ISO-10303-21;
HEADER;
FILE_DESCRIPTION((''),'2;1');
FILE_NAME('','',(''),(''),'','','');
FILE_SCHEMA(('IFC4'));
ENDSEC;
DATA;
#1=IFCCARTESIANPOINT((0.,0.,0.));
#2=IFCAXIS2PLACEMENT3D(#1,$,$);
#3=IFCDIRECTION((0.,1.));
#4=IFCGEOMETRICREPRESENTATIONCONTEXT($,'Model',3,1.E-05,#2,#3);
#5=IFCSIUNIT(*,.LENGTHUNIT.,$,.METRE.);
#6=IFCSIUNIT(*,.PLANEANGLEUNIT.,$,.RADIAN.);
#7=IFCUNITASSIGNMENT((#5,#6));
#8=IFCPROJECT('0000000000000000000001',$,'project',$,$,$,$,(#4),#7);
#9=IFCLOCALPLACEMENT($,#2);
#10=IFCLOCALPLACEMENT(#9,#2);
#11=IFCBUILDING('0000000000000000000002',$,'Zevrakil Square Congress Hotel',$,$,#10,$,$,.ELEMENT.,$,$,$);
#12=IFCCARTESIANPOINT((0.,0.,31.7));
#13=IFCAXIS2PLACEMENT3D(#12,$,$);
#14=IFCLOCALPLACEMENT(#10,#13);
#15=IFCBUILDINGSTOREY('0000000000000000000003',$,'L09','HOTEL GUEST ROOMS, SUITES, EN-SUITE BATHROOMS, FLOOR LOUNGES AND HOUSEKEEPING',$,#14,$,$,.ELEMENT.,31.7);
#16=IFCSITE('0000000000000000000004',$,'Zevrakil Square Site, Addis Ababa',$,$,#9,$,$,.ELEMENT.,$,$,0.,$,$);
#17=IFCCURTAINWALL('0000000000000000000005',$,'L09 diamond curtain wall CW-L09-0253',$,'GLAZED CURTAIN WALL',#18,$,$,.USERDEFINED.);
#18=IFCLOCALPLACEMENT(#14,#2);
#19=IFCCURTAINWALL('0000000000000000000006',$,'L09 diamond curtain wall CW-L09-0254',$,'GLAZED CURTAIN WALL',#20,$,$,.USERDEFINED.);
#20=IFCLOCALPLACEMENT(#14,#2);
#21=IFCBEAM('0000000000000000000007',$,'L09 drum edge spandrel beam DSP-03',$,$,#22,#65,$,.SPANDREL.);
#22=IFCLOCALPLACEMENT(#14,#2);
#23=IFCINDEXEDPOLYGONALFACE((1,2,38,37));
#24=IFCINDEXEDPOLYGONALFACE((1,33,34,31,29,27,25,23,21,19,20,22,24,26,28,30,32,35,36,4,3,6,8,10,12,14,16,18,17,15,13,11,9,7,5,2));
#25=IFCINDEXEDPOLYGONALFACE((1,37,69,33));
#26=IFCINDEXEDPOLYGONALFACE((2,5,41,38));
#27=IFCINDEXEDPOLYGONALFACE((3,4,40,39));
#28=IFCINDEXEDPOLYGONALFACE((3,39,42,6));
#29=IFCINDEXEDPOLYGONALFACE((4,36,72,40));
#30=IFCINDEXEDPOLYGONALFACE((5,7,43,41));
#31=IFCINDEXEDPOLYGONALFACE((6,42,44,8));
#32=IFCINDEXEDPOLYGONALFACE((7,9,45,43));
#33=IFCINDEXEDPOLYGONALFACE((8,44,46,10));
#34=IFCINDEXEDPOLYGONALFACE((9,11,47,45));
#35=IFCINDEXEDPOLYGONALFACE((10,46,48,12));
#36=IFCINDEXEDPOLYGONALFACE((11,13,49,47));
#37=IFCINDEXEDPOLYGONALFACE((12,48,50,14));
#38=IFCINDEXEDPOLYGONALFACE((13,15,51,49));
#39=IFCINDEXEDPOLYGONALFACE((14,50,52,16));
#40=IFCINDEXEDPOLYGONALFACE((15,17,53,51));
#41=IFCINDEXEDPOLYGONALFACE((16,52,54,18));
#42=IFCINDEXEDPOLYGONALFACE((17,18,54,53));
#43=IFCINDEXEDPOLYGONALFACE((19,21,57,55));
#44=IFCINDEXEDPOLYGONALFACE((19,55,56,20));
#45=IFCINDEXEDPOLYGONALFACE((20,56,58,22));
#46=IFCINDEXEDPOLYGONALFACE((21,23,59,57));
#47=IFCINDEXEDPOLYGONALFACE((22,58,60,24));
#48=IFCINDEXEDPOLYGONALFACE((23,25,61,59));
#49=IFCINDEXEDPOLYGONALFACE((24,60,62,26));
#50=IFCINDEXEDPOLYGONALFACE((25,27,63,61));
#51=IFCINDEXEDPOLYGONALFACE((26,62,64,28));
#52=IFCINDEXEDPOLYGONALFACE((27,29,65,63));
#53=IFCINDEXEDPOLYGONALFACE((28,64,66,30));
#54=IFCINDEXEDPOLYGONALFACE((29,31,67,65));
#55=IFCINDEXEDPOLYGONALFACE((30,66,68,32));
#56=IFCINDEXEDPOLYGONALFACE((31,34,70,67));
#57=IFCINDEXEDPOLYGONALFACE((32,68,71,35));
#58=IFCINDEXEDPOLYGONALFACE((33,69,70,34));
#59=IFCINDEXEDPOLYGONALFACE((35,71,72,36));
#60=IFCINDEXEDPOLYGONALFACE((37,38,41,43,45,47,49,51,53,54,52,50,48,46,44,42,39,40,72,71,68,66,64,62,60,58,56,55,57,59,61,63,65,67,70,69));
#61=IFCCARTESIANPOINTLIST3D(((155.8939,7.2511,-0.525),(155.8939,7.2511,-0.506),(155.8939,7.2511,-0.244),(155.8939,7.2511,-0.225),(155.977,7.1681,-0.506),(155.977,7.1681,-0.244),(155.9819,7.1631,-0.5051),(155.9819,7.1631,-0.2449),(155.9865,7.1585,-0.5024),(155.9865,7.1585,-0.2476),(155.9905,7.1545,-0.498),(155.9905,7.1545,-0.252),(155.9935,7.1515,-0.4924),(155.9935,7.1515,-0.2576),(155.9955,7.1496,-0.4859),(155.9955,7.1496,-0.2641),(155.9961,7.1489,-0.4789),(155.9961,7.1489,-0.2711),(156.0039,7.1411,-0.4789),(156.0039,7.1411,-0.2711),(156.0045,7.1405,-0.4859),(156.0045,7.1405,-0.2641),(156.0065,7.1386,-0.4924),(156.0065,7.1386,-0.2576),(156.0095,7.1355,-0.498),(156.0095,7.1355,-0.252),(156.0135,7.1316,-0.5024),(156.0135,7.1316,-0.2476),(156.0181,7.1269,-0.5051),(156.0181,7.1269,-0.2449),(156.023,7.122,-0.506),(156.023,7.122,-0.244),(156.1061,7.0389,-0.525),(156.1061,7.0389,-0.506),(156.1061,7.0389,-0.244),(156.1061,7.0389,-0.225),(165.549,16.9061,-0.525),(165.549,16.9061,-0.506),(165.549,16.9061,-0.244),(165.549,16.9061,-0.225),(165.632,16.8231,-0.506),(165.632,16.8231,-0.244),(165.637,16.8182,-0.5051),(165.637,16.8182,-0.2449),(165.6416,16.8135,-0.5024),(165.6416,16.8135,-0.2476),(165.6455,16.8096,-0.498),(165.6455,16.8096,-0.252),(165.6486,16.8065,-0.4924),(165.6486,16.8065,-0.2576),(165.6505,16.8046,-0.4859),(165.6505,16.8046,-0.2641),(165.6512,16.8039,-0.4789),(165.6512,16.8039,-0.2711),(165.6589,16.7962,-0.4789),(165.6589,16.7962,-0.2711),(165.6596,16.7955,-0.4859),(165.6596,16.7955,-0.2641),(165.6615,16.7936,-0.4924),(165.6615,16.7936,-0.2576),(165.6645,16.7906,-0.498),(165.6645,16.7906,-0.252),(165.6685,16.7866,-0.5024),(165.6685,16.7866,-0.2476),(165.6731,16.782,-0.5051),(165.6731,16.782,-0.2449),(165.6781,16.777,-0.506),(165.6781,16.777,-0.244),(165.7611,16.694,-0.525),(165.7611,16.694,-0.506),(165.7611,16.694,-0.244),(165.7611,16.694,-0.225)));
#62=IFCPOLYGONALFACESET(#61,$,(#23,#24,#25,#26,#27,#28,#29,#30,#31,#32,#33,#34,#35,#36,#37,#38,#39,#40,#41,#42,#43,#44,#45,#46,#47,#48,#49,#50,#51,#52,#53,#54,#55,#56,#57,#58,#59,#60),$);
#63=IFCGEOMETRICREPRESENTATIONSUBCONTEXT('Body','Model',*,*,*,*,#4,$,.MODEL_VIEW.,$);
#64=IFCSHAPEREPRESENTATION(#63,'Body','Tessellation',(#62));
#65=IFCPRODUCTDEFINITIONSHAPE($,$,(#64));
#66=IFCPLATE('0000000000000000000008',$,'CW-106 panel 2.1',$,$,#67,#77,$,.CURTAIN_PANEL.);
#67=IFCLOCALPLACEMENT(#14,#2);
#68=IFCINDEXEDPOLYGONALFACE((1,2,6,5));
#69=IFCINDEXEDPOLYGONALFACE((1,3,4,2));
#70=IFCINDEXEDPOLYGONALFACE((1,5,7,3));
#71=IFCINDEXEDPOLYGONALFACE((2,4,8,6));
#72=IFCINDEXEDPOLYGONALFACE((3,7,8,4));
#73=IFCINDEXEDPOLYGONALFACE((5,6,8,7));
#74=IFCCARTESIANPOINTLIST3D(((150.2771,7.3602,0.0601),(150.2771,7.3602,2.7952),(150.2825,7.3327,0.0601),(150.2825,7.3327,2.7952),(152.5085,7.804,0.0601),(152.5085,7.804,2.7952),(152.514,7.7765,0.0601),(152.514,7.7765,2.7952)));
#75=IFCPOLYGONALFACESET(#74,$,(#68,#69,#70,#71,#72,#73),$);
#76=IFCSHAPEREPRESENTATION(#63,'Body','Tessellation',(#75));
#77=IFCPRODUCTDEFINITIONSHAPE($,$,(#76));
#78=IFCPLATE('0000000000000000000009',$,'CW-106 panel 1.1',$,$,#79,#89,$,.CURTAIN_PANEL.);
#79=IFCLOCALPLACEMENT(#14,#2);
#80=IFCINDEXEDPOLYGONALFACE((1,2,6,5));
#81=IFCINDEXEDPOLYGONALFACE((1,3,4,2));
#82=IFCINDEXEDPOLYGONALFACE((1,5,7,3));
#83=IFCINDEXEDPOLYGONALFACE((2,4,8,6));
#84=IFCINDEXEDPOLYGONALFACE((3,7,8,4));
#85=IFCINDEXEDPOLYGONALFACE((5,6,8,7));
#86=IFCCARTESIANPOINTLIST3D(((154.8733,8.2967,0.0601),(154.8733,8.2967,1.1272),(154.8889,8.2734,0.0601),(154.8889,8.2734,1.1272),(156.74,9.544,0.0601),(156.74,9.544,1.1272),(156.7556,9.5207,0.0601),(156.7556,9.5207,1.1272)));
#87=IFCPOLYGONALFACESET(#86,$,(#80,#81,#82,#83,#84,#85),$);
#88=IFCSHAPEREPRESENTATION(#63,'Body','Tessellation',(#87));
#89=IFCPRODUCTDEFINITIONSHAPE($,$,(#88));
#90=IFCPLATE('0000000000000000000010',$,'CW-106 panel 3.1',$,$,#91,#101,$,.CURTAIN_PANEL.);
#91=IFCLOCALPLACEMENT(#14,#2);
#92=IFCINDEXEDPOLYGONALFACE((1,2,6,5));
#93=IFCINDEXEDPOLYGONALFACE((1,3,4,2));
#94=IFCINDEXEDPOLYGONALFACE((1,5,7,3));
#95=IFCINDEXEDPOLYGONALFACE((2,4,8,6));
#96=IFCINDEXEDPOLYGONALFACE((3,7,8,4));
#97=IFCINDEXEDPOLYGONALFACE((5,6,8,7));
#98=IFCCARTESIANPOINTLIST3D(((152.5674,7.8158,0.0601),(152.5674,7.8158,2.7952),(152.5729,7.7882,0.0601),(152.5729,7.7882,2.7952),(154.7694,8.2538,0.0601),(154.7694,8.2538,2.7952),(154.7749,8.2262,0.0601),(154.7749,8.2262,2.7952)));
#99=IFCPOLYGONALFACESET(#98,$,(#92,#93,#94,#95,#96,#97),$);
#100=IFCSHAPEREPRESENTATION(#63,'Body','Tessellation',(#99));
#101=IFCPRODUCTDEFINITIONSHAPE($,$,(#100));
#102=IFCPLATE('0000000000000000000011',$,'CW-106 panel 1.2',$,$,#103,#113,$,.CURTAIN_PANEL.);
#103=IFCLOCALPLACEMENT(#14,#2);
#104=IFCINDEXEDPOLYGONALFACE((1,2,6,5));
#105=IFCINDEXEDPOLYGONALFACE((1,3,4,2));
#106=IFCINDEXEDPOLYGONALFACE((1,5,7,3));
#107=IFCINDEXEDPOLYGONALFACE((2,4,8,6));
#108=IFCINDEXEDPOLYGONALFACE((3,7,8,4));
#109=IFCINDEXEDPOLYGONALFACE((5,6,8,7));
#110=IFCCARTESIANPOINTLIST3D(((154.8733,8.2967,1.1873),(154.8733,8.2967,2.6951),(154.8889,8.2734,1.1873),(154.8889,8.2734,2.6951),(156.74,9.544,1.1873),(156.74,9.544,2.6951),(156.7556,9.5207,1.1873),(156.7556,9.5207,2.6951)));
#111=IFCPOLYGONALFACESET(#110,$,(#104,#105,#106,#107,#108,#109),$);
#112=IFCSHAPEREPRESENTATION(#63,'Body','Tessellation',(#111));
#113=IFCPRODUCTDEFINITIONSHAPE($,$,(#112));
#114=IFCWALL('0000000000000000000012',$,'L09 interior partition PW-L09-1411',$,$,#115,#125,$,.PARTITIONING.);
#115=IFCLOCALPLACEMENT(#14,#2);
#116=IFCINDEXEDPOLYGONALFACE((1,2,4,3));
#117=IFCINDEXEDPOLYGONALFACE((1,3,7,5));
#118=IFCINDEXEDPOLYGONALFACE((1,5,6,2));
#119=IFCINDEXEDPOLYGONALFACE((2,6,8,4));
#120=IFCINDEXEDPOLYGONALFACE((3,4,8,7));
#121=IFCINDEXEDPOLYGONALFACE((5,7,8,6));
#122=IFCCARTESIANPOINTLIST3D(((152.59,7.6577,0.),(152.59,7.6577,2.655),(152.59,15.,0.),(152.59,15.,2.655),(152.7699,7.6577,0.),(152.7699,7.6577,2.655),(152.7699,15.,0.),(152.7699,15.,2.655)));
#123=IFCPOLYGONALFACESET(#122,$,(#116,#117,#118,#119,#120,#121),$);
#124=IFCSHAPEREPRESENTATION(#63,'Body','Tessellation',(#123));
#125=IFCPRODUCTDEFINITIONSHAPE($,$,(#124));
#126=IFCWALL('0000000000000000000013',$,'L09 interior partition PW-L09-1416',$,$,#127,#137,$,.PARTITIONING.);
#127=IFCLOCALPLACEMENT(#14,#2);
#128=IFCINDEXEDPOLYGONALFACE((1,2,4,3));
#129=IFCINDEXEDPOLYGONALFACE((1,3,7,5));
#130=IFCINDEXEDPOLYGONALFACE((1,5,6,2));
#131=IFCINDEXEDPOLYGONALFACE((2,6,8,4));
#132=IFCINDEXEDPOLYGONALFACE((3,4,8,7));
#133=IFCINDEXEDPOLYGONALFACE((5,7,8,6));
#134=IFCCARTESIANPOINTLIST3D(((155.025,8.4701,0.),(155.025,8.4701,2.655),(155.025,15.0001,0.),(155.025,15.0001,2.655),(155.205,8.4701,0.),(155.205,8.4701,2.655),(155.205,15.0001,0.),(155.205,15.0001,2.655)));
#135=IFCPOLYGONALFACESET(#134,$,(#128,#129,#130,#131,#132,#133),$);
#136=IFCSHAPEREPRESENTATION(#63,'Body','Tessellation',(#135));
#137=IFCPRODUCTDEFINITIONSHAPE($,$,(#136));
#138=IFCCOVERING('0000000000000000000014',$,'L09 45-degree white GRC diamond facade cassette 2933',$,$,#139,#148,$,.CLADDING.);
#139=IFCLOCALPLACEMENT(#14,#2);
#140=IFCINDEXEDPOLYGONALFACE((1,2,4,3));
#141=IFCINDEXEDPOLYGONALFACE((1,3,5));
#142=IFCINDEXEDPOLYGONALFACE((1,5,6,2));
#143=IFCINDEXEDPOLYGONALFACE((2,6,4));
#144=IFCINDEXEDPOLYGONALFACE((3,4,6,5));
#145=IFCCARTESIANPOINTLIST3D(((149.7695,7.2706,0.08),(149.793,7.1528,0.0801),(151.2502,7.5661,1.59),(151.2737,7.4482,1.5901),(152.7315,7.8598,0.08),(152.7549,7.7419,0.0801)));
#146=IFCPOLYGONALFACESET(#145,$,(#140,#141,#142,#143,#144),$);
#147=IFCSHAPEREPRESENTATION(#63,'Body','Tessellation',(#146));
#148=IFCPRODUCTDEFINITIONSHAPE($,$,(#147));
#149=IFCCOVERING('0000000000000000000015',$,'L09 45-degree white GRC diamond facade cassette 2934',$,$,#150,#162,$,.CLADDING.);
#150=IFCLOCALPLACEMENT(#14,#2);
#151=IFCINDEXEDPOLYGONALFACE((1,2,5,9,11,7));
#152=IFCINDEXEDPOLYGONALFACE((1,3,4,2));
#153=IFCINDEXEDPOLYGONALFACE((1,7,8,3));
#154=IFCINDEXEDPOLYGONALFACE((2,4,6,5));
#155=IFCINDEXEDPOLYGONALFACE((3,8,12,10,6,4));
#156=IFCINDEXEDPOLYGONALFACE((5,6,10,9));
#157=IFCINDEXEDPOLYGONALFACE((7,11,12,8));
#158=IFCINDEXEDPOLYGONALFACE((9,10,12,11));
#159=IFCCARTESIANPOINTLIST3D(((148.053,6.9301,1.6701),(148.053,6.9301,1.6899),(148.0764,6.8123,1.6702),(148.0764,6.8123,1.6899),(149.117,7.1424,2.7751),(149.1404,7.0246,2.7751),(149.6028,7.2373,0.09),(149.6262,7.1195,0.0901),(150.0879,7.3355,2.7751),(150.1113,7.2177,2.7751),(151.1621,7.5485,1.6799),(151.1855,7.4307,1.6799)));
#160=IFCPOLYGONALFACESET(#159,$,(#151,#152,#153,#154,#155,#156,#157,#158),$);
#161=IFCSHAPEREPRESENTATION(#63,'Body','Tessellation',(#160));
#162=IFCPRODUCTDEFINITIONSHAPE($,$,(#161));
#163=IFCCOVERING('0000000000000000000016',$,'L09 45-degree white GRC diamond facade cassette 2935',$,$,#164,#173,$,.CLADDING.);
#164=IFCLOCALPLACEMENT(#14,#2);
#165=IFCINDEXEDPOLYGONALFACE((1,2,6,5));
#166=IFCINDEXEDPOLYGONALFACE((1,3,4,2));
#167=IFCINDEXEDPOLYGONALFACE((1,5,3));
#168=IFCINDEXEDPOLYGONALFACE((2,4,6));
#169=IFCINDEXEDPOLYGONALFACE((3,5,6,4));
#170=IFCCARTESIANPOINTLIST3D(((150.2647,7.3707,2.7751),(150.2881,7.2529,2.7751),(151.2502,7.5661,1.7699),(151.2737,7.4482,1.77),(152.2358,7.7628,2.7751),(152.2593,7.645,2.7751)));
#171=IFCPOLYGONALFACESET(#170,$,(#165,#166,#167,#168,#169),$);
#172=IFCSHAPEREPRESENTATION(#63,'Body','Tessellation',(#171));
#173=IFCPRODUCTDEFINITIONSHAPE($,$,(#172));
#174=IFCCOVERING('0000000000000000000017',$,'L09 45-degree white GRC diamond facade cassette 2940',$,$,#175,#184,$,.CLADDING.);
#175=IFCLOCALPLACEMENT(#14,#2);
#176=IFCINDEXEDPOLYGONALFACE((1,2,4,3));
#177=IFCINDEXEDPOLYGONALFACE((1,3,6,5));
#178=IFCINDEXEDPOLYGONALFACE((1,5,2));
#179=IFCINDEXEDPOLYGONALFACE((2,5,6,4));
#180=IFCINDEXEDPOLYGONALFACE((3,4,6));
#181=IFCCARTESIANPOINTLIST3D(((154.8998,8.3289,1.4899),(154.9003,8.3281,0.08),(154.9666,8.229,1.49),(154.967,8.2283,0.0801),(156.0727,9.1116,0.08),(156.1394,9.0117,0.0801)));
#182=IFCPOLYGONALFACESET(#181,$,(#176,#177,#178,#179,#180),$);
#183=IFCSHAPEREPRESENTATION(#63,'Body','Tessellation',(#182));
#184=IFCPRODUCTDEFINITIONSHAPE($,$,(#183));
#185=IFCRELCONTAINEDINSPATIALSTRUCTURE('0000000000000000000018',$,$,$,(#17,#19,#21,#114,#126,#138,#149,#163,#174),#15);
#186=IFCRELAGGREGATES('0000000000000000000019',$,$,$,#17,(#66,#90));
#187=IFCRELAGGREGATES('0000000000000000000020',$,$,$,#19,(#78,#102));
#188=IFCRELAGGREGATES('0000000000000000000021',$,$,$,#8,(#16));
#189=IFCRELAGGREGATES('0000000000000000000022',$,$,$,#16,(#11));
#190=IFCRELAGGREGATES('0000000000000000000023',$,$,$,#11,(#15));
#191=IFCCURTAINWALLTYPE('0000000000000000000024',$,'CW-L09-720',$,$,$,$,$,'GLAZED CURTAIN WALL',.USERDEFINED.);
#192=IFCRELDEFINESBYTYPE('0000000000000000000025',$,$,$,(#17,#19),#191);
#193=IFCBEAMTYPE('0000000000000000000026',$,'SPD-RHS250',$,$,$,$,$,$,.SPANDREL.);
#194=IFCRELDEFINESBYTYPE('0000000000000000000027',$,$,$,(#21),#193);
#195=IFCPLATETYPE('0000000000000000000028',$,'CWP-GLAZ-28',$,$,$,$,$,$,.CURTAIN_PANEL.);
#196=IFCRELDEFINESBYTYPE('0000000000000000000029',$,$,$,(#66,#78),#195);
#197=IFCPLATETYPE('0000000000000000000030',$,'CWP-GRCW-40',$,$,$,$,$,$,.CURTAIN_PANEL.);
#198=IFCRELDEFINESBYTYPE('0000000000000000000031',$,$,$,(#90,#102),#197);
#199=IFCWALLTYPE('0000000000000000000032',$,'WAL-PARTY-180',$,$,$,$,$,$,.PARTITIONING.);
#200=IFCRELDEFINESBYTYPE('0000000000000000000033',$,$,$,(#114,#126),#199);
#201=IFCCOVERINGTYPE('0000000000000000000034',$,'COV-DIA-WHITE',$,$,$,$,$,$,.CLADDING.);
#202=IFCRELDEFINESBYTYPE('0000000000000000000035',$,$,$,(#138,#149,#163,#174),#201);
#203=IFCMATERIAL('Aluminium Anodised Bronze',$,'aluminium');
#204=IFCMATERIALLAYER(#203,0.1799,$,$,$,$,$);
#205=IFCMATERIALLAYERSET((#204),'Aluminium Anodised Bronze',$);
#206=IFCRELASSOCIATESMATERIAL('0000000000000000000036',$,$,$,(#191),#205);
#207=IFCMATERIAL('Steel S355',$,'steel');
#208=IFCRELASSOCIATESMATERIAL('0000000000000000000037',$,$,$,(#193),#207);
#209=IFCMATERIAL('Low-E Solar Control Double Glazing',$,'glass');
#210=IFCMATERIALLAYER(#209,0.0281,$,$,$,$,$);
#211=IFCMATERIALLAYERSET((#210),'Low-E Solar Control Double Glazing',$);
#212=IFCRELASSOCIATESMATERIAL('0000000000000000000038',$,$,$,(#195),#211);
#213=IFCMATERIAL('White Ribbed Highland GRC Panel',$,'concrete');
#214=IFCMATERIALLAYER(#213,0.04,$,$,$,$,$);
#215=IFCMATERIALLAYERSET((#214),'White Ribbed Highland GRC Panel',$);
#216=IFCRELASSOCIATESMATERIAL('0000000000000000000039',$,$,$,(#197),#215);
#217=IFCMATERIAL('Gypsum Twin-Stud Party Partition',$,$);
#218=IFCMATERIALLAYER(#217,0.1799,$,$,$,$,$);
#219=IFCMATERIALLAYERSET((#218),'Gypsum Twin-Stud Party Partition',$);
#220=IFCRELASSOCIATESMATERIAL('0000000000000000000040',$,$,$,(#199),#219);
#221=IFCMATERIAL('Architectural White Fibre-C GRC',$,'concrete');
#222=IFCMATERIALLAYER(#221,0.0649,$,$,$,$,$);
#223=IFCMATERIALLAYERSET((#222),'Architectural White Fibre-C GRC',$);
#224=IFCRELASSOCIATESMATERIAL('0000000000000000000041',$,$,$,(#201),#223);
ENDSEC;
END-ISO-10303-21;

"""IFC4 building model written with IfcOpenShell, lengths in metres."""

from ifc_helpers import new_model, si_unit, direction, frame, frame_2d, origin, origin_2d, place, context, subcontext, project, spatial, polyline, rectangle, i_section, outline, extrude, material, layer, layer_set, material_profile, profile_set, type_object, element, aggregate, save


model = new_model("IFC4")

# Units and contexts
model_context = context("Model", 3, precision=1e-05, world=origin(), true_north=direction((0.0, 1.0)))
body_context = subcontext(model_context, "Body", "Model", "MODEL_VIEW")
ifc_project = project(units=[si_unit("LENGTHUNIT", "METRE"), si_unit("PLANEANGLEUNIT", "RADIAN")], contexts=[model_context])

# Site, building, storey
site_placement = place(None, origin())
site = spatial("IfcSite", under=ifc_project, at=site_placement, Name="Zevrakil Square Site, Addis Ababa", CompositionType="ELEMENT", RefElevation=0.0)
building_placement = place(site_placement, origin())
building = spatial("IfcBuilding", under=site, at=building_placement, Name="Zevrakil Square Congress Hotel", CompositionType="ELEMENT")
storey_placement = place(building_placement, frame((0.0, 0.0, 31.7)))
storey = spatial("IfcBuildingStorey", under=building, at=storey_placement, Name="L09", Description="HOTEL GUEST ROOMS, SUITES, EN-SUITE BATHROOMS, FLOOR LOUNGES AND HOUSEKEEPING", CompositionType="ELEMENT", Elevation=31.7)

# Curtain walls
ifc_material_1 = material(Name="Aluminium Anodised Bronze", Category="aluminium")
ifc_layer_1 = layer(ifc_material_1, 0.1799)
ifc_layer_set_1 = layer_set([ifc_layer_1], Name="Aluminium Anodised Bronze")
curtain_wall_type = type_object("IfcCurtainWallType", Name="CW-L09-720", ElementType="GLAZED CURTAIN WALL", PredefinedType="USERDEFINED", material=ifc_layer_set_1)
curtain_wall_1_placement = place(storey_placement, origin())
curtain_wall_1 = element("IfcCurtainWall", 1, at=curtain_wall_1_placement, inside=storey, type_object=curtain_wall_type, Name="L09 diamond curtain wall CW-L09-0253", ObjectType="GLAZED CURTAIN WALL", PredefinedType="USERDEFINED")
curtain_wall_2_placement = place(storey_placement, origin())
curtain_wall_2 = element("IfcCurtainWall", 2, at=curtain_wall_2_placement, inside=storey, type_object=curtain_wall_type, Name="L09 diamond curtain wall CW-L09-0254", ObjectType="GLAZED CURTAIN WALL", PredefinedType="USERDEFINED")

# Beam
ifc_material_2 = material(Name="Steel S355", Category="steel")
ifc_material_profile_1 = material_profile(ifc_material_2, i_section(OverallWidth=0.3, OverallDepth=0.3, WebThickness=0.011, FlangeThickness=0.019, FilletRadius=0.0271, at=origin_2d()), Name="HEB 300")
ifc_profile_set_1 = profile_set([ifc_material_profile_1], Name="Steel S355")
beam_type = type_object("IfcBeamType", Name="SPD-RHS250", PredefinedType="SPANDREL", material=ifc_profile_set_1)
beam_placement = place(storey_placement, frame((156.0, 7.145, -0.375), z_axis=(0.707107, 0.707107, 0.0), x_axis=(-0.707107, 0.707107, 0.0)))
element("IfcBeam", 3, at=beam_placement, inside=storey, type_object=beam_type, Name="L09 drum edge spandrel beam DSP-03", PredefinedType="SPANDREL", context=body_context, shape_type="SweptSolid", body=[
    extrude(i_section(OverallWidth=0.3, OverallDepth=0.3, WebThickness=0.011, FlangeThickness=0.019, FilletRadius=0.0271, at=origin_2d()), origin(), (0.0, 0.0, 1.0), 13.6543),
])

# Plates
ifc_material_3 = material(Name="Low-E Solar Control Double Glazing", Category="glass")
ifc_layer_2 = layer(ifc_material_3, 0.0281)
ifc_layer_set_2 = layer_set([ifc_layer_2], Name="Low-E Solar Control Double Glazing")
plate_type_1 = type_object("IfcPlateType", Name="CWP-GLAZ-28", PredefinedType="CURTAIN_PANEL", material=ifc_layer_set_2)
plate_1_placement = place(storey_placement, frame((151.3955, 7.5684, 0.0601), z_axis=(0.0, 0.0, 1.0), x_axis=(0.980787, 0.195084, 0.0)))
plate_1 = element("IfcPlate", 4, at=plate_1_placement, type_object=plate_type_1, Name="CW-106 panel 2.1", PredefinedType="CURTAIN_PANEL", context=body_context, shape_type="SweptSolid", body=[
    extrude(rectangle(XDim=2.2751, YDim=0.0281, at=origin_2d()), origin(), (0.0, 0.0, 1.0), 2.7351),
])
plate_2_placement = place(storey_placement, frame((155.8145, 8.9087, 0.0601), z_axis=(0.0, 0.0, 1.0), x_axis=(0.831466, 0.555576, 0.0)))
plate_2 = element("IfcPlate", 5, at=plate_2_placement, type_object=plate_type_1, Name="CW-106 panel 1.1", PredefinedType="CURTAIN_PANEL", context=body_context, shape_type="SweptSolid", body=[
    extrude(rectangle(XDim=2.2451, YDim=0.0281, at=origin_2d()), origin(), (0.0, 0.0, 1.0), 1.0671),
])
ifc_material_4 = material(Name="White Ribbed Highland GRC Panel", Category="concrete")
ifc_layer_3 = layer(ifc_material_4, 0.04)
ifc_layer_set_3 = layer_set([ifc_layer_3], Name="White Ribbed Highland GRC Panel")
plate_type_2 = type_object("IfcPlateType", Name="CWP-GRCW-40", PredefinedType="CURTAIN_PANEL", material=ifc_layer_set_3)
plate_3_placement = place(storey_placement, frame((153.6711, 8.021, 0.0601), z_axis=(0.0, 0.0, 1.0), x_axis=(0.980787, 0.195084, 0.0)))
plate_3 = element("IfcPlate", 6, at=plate_3_placement, type_object=plate_type_2, Name="CW-106 panel 3.1", PredefinedType="CURTAIN_PANEL", context=body_context, shape_type="SweptSolid", body=[
    extrude(rectangle(XDim=2.2451, YDim=0.0281, at=origin_2d()), origin(), (0.0, 0.0, 1.0), 2.7351),
])
aggregate(curtain_wall_1, [plate_1, plate_3])
plate_4_placement = place(storey_placement, frame((155.8145, 8.9087, 1.1873), z_axis=(0.0, 0.0, 1.0), x_axis=(0.831466, 0.555576, 0.0)))
plate_4 = element("IfcPlate", 7, at=plate_4_placement, type_object=plate_type_2, Name="CW-106 panel 1.2", PredefinedType="CURTAIN_PANEL", context=body_context, shape_type="SweptSolid", body=[
    extrude(rectangle(XDim=2.2451, YDim=0.0281, at=origin_2d()), origin(), (0.0, 0.0, 1.0), 1.5078),
])
aggregate(curtain_wall_2, [plate_2, plate_4])

# Walls
ifc_material_5 = material(Name="Gypsum Twin-Stud Party Partition")
ifc_layer_4 = layer(ifc_material_5, 0.1799)
ifc_layer_set_4 = layer_set([ifc_layer_4], Name="Gypsum Twin-Stud Party Partition")
wall_type = type_object("IfcWallType", Name="WAL-PARTY-180", PredefinedType="PARTITIONING", material=ifc_layer_set_4)
wall_1_placement = place(storey_placement, frame((152.6799, 7.6577, 0.0), z_axis=(0.0, 0.0, 1.0), x_axis=(0.0, 1.0, 0.0)))
element("IfcWall", 8, at=wall_1_placement, inside=storey, type_object=wall_type, Name="L09 interior partition PW-L09-1411", PredefinedType="PARTITIONING", context=body_context, shape_type="SweptSolid", body=[
    extrude(rectangle(XDim=7.3423, YDim=0.1799, at=frame_2d((3.6711, 0.0))), origin(), (0.0, 0.0, 1.0), 2.655),
])
wall_2_placement = place(storey_placement, frame((155.115, 8.47, 0.0), z_axis=(0.0, 0.0, 1.0), x_axis=(0.0, 1.0, 0.0)))
element("IfcWall", 9, at=wall_2_placement, inside=storey, type_object=wall_type, Name="L09 interior partition PW-L09-1416", PredefinedType="PARTITIONING", context=body_context, shape_type="SweptSolid", body=[
    extrude(rectangle(XDim=6.53, YDim=0.1799, at=frame_2d((3.2651, 0.0))), origin(), (0.0, 0.0, 1.0), 2.655),
])

# Coverings
ifc_material_6 = material(Name="Architectural White Fibre-C GRC", Category="concrete")
ifc_layer_5 = layer(ifc_material_6, 0.0649)
ifc_layer_set_5 = layer_set([ifc_layer_5], Name="Architectural White Fibre-C GRC")
covering_type_1 = type_object("IfcCoveringType", Name="COV-DIA-WHITE", PredefinedType="CLADDING", material=ifc_layer_set_5)
covering_1_placement = place(storey_placement, frame((151.2737, 7.4482, 1.5901), z_axis=(0.195074, -0.980788, 0.000587), x_axis=(0.69361, 0.137533, -0.7071)))
element("IfcCovering", 10, at=covering_1_placement, inside=storey, type_object=covering_type_1, Name="L09 45-degree white GRC diamond facade cassette 2933", PredefinedType="CLADDING", context=body_context, shape_type="SweptSolid", body=[
    extrude(outline(polyline([(0.0, 0.0), (2.1355, 0.0), (0.0001, -2.1354), (0.0, 0.0)])), origin(), (0.0, 0.0, -1.0), 0.1201),
])
covering_2_placement = place(storey_placement, frame((151.1855, 7.4307, 1.6799), z_axis=(0.195078, -0.980787, 0.000615), x_axis=(-0.69348, -0.138376, -0.707062)))
element("IfcCovering", 11, at=covering_2_placement, inside=storey, type_object=covering_type_1, Name="L09 45-degree white GRC diamond facade cassette 2934", PredefinedType="CLADDING", context=body_context, shape_type="SweptSolid", body=[
    extrude(outline(polyline([(0.0, 0.0), (2.2485, 0.0), (2.2486, -2.2345), (2.2346, -2.2485), (0.7001, -2.2488), (0.0, -1.5488), (0.0, 0.0)])), origin(), (0.0, 0.0, -1.0), 0.1201),
])
covering_3_placement = place(storey_placement, frame((151.2737, 7.4482, 1.77), z_axis=(0.195088, -0.980785, 0.000715), x_axis=(-0.693493, -0.137427, 0.707235)))
element("IfcCovering", 12, at=covering_3_placement, inside=storey, type_object=covering_type_1, Name="L09 45-degree white GRC diamond facade cassette 2935", PredefinedType="CLADDING", context=body_context, shape_type="SweptSolid", body=[
    extrude(outline(polyline([(0.0, 0.0), (1.4212, 0.0), (0.0003, -1.4214), (0.0, 0.0)])), origin(), (0.0, 0.0, -1.0), 0.1201),
])
covering_4_placement = place(storey_placement, frame((156.1394, 9.0117, 0.0801), z_axis=(0.555619, -0.831437, 0.000624), x_axis=(-0.831437, -0.555619, 0.0)))
element("IfcCovering", 13, at=covering_4_placement, inside=storey, type_object=covering_type_1, Name="L09 45-degree white GRC diamond facade cassette 2940", PredefinedType="CLADDING", context=body_context, shape_type="SweptSolid", body=[
    extrude(outline(polyline([(0.0, 0.0), (1.41, 0.0), (1.41, -1.4099), (0.0, 0.0)])), origin(), (0.0, 0.0, -1.0), 0.1201),
])

save(model, "model.ifc")
